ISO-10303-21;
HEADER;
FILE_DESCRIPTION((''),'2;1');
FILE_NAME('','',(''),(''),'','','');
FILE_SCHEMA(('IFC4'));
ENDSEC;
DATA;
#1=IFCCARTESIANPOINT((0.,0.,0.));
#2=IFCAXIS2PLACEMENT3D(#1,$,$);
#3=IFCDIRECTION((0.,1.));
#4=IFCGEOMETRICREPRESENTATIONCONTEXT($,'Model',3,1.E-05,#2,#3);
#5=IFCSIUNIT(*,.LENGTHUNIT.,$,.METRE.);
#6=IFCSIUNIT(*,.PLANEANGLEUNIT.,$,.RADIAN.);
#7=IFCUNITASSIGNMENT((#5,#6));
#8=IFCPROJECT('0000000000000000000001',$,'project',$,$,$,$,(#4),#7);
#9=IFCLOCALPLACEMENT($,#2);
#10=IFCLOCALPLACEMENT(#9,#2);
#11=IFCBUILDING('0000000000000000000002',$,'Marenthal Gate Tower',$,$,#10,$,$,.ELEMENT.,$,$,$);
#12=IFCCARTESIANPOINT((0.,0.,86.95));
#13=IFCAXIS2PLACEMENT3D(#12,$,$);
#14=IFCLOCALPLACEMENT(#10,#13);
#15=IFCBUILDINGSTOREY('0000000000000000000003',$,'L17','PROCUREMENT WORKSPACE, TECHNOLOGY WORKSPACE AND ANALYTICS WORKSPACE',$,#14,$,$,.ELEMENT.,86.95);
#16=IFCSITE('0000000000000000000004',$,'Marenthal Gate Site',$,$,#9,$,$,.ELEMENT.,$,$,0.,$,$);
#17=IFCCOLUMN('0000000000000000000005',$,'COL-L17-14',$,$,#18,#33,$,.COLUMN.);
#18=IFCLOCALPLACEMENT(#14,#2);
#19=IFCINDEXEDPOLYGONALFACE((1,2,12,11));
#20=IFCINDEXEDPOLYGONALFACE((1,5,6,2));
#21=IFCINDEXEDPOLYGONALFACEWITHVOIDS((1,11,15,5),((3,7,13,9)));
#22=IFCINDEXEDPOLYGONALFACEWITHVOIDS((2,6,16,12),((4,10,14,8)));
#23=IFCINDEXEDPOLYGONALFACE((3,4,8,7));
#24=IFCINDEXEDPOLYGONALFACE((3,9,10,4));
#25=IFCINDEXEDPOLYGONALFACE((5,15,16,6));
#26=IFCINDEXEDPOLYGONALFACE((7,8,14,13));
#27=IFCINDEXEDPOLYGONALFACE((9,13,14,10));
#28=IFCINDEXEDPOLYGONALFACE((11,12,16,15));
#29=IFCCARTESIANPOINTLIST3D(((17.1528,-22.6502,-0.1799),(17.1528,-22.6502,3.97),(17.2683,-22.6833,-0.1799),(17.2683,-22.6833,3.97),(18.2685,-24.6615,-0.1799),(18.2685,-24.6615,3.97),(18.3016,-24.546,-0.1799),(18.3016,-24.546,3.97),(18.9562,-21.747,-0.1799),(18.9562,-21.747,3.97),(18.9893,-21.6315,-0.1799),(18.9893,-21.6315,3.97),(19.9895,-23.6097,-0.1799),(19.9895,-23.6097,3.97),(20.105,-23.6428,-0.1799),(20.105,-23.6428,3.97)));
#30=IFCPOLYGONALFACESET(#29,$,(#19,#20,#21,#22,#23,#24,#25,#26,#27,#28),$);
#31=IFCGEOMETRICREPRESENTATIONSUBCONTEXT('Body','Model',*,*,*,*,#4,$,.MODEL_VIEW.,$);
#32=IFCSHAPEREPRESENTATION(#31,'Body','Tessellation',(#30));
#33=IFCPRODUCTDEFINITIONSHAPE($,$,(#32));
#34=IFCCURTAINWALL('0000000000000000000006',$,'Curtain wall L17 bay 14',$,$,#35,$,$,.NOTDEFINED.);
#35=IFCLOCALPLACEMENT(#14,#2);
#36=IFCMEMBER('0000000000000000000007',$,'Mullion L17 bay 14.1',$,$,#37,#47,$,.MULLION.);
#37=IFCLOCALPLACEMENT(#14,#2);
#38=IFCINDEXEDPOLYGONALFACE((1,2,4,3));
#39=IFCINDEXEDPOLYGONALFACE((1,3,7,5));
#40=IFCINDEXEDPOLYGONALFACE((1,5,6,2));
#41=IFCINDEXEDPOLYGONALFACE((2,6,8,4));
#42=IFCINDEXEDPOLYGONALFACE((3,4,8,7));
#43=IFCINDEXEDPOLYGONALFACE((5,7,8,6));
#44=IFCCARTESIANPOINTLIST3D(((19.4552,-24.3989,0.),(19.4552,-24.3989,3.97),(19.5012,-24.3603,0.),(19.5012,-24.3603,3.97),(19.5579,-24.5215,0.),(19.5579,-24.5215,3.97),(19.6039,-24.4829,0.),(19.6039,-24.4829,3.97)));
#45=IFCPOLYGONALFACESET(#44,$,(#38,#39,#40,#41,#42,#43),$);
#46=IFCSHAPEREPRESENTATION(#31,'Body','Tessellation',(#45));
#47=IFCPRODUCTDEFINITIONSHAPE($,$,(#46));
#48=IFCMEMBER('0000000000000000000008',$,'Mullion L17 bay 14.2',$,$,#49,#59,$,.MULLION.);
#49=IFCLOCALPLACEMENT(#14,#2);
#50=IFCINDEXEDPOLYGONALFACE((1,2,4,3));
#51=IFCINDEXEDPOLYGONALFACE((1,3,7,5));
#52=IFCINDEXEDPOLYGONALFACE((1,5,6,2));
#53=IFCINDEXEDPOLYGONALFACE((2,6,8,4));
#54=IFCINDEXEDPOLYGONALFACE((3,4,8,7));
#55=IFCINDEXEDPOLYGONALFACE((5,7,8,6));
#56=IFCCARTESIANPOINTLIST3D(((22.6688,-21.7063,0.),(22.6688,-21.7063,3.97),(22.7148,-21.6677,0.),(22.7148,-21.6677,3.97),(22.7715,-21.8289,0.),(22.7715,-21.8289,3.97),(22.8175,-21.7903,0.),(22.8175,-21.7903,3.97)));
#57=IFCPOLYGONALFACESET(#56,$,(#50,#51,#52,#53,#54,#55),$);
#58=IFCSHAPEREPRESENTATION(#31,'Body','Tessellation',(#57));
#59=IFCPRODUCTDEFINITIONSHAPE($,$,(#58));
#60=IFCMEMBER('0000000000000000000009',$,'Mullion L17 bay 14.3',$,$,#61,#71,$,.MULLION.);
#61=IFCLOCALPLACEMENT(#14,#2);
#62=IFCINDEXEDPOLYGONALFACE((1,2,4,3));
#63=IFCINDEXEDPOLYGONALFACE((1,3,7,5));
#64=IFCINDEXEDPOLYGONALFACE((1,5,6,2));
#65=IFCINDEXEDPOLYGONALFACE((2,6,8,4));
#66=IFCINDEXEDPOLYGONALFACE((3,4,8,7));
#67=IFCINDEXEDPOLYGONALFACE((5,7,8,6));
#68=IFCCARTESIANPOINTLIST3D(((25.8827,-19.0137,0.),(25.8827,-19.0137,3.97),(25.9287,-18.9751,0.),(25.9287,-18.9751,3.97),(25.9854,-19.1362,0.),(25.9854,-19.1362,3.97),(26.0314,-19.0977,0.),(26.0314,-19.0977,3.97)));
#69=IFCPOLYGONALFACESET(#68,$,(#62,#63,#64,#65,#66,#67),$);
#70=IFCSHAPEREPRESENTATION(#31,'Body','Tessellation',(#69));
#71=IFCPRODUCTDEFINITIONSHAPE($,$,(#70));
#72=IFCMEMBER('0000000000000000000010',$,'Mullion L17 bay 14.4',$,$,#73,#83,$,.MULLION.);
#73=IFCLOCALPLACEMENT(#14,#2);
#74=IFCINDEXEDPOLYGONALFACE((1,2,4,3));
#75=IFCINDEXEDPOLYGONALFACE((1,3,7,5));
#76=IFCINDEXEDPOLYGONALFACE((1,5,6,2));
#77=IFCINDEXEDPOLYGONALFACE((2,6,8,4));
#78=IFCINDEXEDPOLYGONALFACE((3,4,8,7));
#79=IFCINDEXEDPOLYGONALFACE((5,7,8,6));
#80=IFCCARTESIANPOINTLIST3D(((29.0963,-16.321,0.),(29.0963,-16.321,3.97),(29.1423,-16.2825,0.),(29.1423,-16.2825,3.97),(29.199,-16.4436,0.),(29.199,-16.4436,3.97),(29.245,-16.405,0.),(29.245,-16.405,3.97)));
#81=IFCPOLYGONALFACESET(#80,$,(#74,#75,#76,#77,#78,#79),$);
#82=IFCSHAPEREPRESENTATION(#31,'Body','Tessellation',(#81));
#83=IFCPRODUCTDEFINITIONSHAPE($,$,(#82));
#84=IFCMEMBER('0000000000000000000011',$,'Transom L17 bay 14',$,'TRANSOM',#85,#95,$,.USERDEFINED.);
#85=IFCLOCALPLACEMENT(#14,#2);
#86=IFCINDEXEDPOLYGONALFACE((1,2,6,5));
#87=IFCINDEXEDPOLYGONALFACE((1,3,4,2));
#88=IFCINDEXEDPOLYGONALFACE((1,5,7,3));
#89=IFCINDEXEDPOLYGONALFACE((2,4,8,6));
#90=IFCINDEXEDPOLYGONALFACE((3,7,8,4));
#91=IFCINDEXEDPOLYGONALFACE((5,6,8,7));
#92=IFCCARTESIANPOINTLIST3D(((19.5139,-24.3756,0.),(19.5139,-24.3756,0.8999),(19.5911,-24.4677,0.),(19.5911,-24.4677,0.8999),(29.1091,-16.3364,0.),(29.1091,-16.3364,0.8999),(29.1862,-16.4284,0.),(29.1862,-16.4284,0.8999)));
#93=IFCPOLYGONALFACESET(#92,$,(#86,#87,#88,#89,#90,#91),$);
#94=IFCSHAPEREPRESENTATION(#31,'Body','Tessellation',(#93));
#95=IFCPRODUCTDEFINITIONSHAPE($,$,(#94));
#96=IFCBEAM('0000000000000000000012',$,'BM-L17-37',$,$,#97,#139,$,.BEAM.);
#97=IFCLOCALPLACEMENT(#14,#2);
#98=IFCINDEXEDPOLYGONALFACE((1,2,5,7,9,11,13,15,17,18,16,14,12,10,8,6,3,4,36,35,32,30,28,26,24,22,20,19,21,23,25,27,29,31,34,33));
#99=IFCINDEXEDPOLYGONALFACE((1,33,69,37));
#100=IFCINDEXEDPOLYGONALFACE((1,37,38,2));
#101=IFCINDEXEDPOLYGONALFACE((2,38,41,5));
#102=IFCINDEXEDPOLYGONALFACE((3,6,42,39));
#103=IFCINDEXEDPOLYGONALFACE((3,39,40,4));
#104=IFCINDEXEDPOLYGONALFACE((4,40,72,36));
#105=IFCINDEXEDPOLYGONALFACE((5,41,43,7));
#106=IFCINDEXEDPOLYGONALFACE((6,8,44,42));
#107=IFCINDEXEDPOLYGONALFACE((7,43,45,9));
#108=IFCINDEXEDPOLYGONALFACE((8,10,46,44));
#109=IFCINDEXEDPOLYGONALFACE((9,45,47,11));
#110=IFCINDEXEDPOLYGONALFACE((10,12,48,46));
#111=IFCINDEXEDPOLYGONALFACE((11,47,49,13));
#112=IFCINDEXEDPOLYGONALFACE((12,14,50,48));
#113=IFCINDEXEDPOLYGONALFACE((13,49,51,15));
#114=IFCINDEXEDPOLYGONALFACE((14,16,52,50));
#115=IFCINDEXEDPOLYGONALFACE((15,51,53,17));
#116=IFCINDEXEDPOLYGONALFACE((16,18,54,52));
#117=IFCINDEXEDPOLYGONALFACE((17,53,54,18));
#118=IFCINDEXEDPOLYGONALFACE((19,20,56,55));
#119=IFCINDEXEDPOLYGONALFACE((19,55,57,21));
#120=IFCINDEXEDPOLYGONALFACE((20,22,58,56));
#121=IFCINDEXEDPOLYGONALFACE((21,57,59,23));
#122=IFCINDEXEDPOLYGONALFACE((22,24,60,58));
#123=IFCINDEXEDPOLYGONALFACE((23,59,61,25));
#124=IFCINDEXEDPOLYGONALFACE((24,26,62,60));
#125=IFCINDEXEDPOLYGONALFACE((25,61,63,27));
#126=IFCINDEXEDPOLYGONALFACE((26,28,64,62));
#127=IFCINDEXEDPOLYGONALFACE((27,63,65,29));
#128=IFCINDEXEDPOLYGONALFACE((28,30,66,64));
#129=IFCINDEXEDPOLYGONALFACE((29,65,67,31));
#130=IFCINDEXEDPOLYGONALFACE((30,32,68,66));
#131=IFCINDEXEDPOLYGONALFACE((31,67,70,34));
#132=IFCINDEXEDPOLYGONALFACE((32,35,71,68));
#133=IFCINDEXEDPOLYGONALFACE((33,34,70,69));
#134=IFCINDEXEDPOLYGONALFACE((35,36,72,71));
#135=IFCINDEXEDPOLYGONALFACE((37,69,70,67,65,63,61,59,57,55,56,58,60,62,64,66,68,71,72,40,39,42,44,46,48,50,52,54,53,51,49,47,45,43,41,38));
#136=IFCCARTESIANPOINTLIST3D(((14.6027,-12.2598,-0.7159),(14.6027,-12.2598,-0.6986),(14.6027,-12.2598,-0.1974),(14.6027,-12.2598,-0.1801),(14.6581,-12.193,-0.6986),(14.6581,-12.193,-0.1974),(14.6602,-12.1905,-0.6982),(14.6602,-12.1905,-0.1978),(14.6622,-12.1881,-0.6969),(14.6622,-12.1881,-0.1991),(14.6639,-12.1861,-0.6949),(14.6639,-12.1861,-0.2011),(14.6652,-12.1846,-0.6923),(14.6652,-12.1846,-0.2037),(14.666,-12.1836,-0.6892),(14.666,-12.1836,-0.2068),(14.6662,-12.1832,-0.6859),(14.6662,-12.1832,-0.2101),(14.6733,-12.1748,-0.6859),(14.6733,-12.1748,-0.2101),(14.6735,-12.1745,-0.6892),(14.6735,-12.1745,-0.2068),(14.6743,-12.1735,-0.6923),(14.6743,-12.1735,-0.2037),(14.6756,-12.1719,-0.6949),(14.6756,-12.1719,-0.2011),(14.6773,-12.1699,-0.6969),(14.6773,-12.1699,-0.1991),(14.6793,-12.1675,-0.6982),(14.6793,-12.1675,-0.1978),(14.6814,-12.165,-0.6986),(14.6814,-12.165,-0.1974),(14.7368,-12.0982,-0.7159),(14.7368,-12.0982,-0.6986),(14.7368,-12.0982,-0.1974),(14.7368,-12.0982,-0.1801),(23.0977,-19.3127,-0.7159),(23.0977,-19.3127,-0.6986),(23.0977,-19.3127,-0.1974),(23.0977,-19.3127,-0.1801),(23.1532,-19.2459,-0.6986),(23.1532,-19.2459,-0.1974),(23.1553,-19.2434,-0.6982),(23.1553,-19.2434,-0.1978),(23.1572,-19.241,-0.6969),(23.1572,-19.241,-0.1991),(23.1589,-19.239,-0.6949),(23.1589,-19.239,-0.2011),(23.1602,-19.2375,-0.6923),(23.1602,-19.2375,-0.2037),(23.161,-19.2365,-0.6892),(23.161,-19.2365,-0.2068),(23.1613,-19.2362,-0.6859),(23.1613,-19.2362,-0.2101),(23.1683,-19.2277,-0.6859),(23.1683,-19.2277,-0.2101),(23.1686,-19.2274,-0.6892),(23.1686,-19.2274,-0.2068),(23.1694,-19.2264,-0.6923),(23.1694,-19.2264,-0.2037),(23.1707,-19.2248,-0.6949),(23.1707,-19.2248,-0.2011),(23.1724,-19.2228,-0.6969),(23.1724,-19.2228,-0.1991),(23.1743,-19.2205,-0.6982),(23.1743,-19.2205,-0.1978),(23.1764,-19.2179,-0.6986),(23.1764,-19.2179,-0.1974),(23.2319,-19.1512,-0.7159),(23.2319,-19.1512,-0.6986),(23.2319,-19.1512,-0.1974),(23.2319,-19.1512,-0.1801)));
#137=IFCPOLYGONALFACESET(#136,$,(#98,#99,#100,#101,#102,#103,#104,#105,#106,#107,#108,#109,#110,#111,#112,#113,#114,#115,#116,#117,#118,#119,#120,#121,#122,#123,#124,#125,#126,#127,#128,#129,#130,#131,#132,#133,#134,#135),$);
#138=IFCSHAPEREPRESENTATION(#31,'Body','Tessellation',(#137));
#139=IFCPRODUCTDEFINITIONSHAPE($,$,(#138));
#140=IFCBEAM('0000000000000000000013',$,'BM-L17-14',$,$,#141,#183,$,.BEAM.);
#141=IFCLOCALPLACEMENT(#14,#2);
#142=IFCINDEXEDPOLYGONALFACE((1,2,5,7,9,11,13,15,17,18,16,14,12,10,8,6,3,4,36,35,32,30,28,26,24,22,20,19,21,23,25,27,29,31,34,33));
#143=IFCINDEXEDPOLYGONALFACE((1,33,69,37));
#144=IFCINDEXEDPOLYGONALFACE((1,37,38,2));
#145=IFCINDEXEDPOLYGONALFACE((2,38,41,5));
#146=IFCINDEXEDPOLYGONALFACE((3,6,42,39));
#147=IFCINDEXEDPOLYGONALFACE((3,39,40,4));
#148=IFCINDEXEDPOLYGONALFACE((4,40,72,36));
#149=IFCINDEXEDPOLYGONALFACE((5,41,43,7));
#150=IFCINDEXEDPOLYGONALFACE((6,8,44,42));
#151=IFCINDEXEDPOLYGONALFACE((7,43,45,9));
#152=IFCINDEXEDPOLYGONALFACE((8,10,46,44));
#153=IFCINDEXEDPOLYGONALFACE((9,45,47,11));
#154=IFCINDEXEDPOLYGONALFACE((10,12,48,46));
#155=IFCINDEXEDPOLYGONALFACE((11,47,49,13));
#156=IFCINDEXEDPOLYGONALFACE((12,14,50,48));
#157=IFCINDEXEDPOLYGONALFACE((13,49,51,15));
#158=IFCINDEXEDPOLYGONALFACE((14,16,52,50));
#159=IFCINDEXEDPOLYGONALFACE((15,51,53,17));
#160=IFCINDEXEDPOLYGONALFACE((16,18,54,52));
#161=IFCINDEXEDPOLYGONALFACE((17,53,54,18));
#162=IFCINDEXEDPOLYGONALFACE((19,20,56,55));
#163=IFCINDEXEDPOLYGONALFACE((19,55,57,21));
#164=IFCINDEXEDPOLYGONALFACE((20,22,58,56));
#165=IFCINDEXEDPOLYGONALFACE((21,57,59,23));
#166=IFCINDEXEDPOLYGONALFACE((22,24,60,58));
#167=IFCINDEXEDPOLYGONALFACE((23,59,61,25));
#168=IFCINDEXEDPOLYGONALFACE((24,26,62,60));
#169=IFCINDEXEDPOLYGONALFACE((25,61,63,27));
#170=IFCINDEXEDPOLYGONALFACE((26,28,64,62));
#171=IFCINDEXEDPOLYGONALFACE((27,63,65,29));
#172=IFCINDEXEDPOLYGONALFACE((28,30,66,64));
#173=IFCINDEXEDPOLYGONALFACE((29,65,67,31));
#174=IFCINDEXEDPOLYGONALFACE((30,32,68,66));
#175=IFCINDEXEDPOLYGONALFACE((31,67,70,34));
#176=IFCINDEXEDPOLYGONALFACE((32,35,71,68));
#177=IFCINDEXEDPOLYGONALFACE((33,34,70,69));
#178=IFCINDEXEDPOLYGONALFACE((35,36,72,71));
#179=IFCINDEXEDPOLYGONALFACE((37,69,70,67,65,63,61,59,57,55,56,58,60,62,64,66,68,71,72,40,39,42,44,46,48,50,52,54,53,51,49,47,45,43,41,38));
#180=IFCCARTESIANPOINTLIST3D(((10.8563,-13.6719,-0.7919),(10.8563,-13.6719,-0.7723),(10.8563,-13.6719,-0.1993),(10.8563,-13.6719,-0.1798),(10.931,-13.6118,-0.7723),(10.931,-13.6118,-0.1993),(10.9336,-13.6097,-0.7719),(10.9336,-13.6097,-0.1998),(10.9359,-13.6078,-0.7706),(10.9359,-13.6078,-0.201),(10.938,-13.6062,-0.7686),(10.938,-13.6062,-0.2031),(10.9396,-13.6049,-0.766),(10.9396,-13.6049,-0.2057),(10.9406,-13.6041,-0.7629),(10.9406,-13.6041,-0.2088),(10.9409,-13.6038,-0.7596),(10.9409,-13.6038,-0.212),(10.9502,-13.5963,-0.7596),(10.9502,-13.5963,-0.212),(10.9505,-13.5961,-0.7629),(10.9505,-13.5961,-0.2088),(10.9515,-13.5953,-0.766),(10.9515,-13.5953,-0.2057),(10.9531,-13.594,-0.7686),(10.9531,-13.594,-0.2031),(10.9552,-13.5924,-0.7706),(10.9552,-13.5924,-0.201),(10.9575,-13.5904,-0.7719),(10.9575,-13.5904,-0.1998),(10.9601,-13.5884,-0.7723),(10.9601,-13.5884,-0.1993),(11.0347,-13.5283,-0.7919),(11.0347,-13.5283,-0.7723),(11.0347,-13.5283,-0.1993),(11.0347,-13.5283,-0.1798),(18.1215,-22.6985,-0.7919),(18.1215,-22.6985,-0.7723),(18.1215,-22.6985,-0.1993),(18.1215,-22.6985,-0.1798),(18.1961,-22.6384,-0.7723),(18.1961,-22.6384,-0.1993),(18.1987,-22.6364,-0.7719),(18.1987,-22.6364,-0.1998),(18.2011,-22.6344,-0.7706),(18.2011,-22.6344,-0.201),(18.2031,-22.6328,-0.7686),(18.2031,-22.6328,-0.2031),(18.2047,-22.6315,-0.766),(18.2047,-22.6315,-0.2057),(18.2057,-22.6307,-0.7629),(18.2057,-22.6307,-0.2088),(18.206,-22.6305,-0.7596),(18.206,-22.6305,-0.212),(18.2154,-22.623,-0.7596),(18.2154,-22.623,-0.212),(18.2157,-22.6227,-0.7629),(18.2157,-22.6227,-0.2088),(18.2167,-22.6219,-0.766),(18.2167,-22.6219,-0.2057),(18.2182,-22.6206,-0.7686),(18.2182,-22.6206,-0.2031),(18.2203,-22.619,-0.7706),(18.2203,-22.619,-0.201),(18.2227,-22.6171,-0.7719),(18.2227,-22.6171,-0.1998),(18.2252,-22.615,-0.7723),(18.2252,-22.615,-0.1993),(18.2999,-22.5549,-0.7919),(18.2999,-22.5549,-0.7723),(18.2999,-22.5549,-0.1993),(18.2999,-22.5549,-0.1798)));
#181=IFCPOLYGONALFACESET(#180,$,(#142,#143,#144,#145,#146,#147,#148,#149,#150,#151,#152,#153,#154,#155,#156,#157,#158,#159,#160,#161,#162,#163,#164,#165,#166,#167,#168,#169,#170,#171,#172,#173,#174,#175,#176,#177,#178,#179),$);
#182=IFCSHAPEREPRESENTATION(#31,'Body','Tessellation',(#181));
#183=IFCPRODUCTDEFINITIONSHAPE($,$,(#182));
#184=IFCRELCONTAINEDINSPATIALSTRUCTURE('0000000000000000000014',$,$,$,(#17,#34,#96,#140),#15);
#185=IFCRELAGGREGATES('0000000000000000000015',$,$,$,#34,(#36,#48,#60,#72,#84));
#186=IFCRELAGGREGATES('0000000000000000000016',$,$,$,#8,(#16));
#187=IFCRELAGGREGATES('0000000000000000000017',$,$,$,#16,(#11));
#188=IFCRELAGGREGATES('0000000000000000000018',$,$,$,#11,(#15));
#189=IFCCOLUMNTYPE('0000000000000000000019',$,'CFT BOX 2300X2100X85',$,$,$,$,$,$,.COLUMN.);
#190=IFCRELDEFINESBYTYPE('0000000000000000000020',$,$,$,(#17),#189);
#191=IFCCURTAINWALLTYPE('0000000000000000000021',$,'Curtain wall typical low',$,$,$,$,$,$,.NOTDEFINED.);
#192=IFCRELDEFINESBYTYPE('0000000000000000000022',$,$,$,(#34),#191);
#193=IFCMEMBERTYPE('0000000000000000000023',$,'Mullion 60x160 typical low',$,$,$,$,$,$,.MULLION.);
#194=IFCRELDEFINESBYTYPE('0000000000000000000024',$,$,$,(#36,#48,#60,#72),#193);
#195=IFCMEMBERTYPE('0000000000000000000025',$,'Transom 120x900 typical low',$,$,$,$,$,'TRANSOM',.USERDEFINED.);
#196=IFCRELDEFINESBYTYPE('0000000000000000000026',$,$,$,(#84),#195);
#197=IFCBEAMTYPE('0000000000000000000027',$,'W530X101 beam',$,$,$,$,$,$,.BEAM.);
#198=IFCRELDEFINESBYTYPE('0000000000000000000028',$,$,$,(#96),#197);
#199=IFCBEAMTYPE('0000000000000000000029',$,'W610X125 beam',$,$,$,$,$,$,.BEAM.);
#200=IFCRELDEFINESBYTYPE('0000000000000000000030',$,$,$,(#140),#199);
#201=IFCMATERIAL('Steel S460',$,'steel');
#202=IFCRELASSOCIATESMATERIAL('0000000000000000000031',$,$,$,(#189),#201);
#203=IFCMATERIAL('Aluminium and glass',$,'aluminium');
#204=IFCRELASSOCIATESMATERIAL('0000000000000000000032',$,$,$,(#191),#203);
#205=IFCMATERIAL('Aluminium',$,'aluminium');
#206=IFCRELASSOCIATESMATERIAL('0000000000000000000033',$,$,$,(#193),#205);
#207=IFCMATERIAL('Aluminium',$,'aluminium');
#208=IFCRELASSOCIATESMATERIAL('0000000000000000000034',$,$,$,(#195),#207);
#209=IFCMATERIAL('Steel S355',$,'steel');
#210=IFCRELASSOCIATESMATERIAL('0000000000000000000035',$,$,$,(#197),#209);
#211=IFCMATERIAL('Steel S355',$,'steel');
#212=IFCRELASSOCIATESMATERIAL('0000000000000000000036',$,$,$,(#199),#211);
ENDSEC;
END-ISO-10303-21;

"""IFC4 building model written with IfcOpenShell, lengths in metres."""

from ifc_helpers import new_model, si_unit, direction, frame, origin, origin_2d, place, context, subcontext, project, spatial, rectangle, hollow_rectangle, i_section, extrude, material, material_profile, profile_set, type_object, element, aggregate, save


model = new_model("IFC4")

# Units and contexts
model_context = context("Model", 3, precision=1e-05, world=origin(), true_north=direction((0.0, 1.0)))
body_context = subcontext(model_context, "Body", "Model", "MODEL_VIEW")
ifc_project = project(units=[si_unit("LENGTHUNIT", "METRE"), si_unit("PLANEANGLEUNIT", "RADIAN")], contexts=[model_context])

# Site, building, storey
site_placement = place(None, origin())
site = spatial("IfcSite", under=ifc_project, at=site_placement, Name="Marenthal Gate Site", CompositionType="ELEMENT", RefElevation=0.0)
building_placement = place(site_placement, origin())
building = spatial("IfcBuilding", under=site, at=building_placement, Name="Marenthal Gate Tower", CompositionType="ELEMENT")
storey_placement = place(building_placement, frame((0.0, 0.0, 86.95)))
storey = spatial("IfcBuildingStorey", under=building, at=storey_placement, Name="L17", Description="PROCUREMENT WORKSPACE, TECHNOLOGY WORKSPACE AND ANALYTICS WORKSPACE", CompositionType="ELEMENT", Elevation=86.95)

# Column
ifc_material_1 = material(Name="Steel S460", Category="steel")
ifc_material_profile_1 = material_profile(ifc_material_1, hollow_rectangle(XDim=2.1001, YDim=2.3, WallThickness=0.085, at=origin_2d()), Name="CFT BOX 2300X2100X85")
ifc_material_2 = material(Name="Concrete 70 MPa", Category="concrete")
ifc_material_profile_2 = material_profile(ifc_material_2, rectangle(XDim=1.9299, YDim=2.1299, at=origin_2d()), Name="CFT BOX 2300X2100X85 INFILL")
ifc_profile_set_1 = profile_set([ifc_material_profile_1, ifc_material_profile_2], Name="Steel S460 shell, Concrete 70 MPa infill")
column_type = type_object("IfcColumnType", Name="CFT BOX 2300X2100X85", PredefinedType="COLUMN", material=ifc_profile_set_1)
column_placement = place(storey_placement, frame((18.6289, -23.1465, -0.1799), z_axis=(0.0, 0.0, 1.0), x_axis=(-0.874462, -0.485094, 0.0)))
element("IfcColumn", 1, at=column_placement, inside=storey, type_object=column_type, Name="COL-L17-14", PredefinedType="COLUMN", context=body_context, shape_type="SweptSolid", body=[
    extrude(hollow_rectangle(XDim=2.1001, YDim=2.3, WallThickness=0.085, at=origin_2d()), origin(), (0.0, 0.0, 1.0), 4.1499),
])

# Curtain wall, members
ifc_material_3 = material(Name="Aluminium and glass", Category="aluminium")
curtain_wall_type = type_object("IfcCurtainWallType", Name="Curtain wall typical low", PredefinedType="NOTDEFINED", material=ifc_material_3)
curtain_wall_placement = place(storey_placement, origin())
curtain_wall = element("IfcCurtainWall", 2, at=curtain_wall_placement, inside=storey, type_object=curtain_wall_type, Name="Curtain wall L17 bay 14", PredefinedType="NOTDEFINED")
ifc_material_4 = material(Name="Aluminium", Category="aluminium")
ifc_material_profile_3 = material_profile(ifc_material_4, rectangle(XDim=0.1599, YDim=0.0601, at=origin_2d()), Name="60x160 aluminium mullion")
ifc_profile_set_2 = profile_set([ifc_material_profile_3], Name="Aluminium")
member_type_1 = type_object("IfcMemberType", Name="Mullion 60x160 typical low", PredefinedType="MULLION", material=ifc_profile_set_2)
member_1_placement = place(storey_placement, frame((19.5295, -24.4409, 0.0), z_axis=(0.0, 0.0, 1.0), x_axis=(-0.642228, 0.766513, 0.0)))
member_1 = element("IfcMember", 3, at=member_1_placement, type_object=member_type_1, Name="Mullion L17 bay 14.1", PredefinedType="MULLION", context=body_context, shape_type="SweptSolid", body=[
    extrude(rectangle(XDim=0.1599, YDim=0.0601, at=origin_2d()), origin(), (0.0, 0.0, 1.0), 3.97),
])
member_2_placement = place(storey_placement, frame((22.7432, -21.7483, 0.0), z_axis=(0.0, 0.0, 1.0), x_axis=(-0.642228, 0.766513, 0.0)))
member_2 = element("IfcMember", 4, at=member_2_placement, type_object=member_type_1, Name="Mullion L17 bay 14.2", PredefinedType="MULLION", context=body_context, shape_type="SweptSolid", body=[
    extrude(rectangle(XDim=0.1599, YDim=0.0601, at=origin_2d()), origin(), (0.0, 0.0, 1.0), 3.97),
])
member_3_placement = place(storey_placement, frame((25.957, -19.0557, 0.0), z_axis=(0.0, 0.0, 1.0), x_axis=(-0.642228, 0.766513, 0.0)))
member_3 = element("IfcMember", 5, at=member_3_placement, type_object=member_type_1, Name="Mullion L17 bay 14.3", PredefinedType="MULLION", context=body_context, shape_type="SweptSolid", body=[
    extrude(rectangle(XDim=0.1599, YDim=0.0601, at=origin_2d()), origin(), (0.0, 0.0, 1.0), 3.97),
])
member_4_placement = place(storey_placement, frame((29.1707, -16.363, 0.0), z_axis=(0.0, 0.0, 1.0), x_axis=(-0.642228, 0.766513, 0.0)))
member_4 = element("IfcMember", 6, at=member_4_placement, type_object=member_type_1, Name="Mullion L17 bay 14.4", PredefinedType="MULLION", context=body_context, shape_type="SweptSolid", body=[
    extrude(rectangle(XDim=0.1599, YDim=0.0601, at=origin_2d()), origin(), (0.0, 0.0, 1.0), 3.97),
])
ifc_material_5 = material(Name="Aluminium", Category="aluminium")
ifc_material_profile_4 = material_profile(ifc_material_5, rectangle(XDim=0.1201, YDim=0.8999, at=origin_2d()), Name="120x900 aluminium transom")
ifc_profile_set_3 = profile_set([ifc_material_profile_4], Name="Aluminium")
member_type_2 = type_object("IfcMemberType", Name="Transom 120x900 typical low", ElementType="TRANSOM", PredefinedType="USERDEFINED", material=ifc_profile_set_3)
member_5_placement = place(storey_placement, frame((19.5525, -24.4216, 0.45), z_axis=(0.766518, 0.642223, 0.0), x_axis=(-0.642223, 0.766518, 0.0)))
member_5 = element("IfcMember", 7, at=member_5_placement, type_object=member_type_2, Name="Transom L17 bay 14", ObjectType="TRANSOM", PredefinedType="USERDEFINED", context=body_context, shape_type="SweptSolid", body=[
    extrude(rectangle(XDim=0.1201, YDim=0.8999, at=origin_2d()), origin(), (0.0, 0.0, 1.0), 12.5178),
])

# Beams
ifc_material_6 = material(Name="Steel S355", Category="steel")
ifc_material_profile_5 = material_profile(ifc_material_6, i_section(OverallWidth=0.21, OverallDepth=0.5359, WebThickness=0.011, FlangeThickness=0.0173, FilletRadius=0.0127, at=origin_2d()), Name="W530X101")
ifc_profile_set_4 = profile_set([ifc_material_profile_5], Name="Steel S355")
beam_type_1 = type_object("IfcBeamType", Name="W530X101 beam", PredefinedType="BEAM", material=ifc_profile_set_4)
beam_1_placement = place(storey_placement, frame((23.1648, -19.2319, -0.448), z_axis=(-0.769391, 0.638778, 0.0), x_axis=(-0.638778, -0.769391, 0.0)))
element("IfcBeam", 8, at=beam_1_placement, inside=storey, type_object=beam_type_1, Name="BM-L17-37", PredefinedType="BEAM", context=body_context, shape_type="SweptSolid", body=[
    extrude(i_section(OverallWidth=0.21, OverallDepth=0.5359, WebThickness=0.011, FlangeThickness=0.0173, FilletRadius=0.0127, at=origin_2d()), origin(), (0.0, 0.0, 1.0), 11.0413),
])
ifc_material_7 = material(Name="Steel S355", Category="steel")
ifc_material_profile_6 = material_profile(ifc_material_7, i_section(OverallWidth=0.229, OverallDepth=0.6121, WebThickness=0.012, FlangeThickness=0.0195, FilletRadius=0.0127, at=origin_2d()), Name="W610X125")
ifc_profile_set_5 = profile_set([ifc_material_profile_6], Name="Steel S355")
beam_type_2 = type_object("IfcBeamType", Name="W610X125 beam", PredefinedType="BEAM", material=ifc_profile_set_5)
beam_2_placement = place(storey_placement, frame((18.2107, -22.6267, -0.4858), z_axis=(-0.627, 0.779019, 0.0), x_axis=(-0.779019, -0.627, 0.0)))
element("IfcBeam", 9, at=beam_2_placement, inside=storey, type_object=beam_type_2, Name="BM-L17-14", PredefinedType="BEAM", context=body_context, shape_type="SweptSolid", body=[
    extrude(i_section(OverallWidth=0.229, OverallDepth=0.6121, WebThickness=0.012, FlangeThickness=0.0195, FilletRadius=0.0127, at=origin_2d()), origin(), (0.0, 0.0, 1.0), 11.5872),
])

aggregate(curtain_wall, [member_1, member_2, member_3, member_4, member_5])

save(model, "model.ifc")
